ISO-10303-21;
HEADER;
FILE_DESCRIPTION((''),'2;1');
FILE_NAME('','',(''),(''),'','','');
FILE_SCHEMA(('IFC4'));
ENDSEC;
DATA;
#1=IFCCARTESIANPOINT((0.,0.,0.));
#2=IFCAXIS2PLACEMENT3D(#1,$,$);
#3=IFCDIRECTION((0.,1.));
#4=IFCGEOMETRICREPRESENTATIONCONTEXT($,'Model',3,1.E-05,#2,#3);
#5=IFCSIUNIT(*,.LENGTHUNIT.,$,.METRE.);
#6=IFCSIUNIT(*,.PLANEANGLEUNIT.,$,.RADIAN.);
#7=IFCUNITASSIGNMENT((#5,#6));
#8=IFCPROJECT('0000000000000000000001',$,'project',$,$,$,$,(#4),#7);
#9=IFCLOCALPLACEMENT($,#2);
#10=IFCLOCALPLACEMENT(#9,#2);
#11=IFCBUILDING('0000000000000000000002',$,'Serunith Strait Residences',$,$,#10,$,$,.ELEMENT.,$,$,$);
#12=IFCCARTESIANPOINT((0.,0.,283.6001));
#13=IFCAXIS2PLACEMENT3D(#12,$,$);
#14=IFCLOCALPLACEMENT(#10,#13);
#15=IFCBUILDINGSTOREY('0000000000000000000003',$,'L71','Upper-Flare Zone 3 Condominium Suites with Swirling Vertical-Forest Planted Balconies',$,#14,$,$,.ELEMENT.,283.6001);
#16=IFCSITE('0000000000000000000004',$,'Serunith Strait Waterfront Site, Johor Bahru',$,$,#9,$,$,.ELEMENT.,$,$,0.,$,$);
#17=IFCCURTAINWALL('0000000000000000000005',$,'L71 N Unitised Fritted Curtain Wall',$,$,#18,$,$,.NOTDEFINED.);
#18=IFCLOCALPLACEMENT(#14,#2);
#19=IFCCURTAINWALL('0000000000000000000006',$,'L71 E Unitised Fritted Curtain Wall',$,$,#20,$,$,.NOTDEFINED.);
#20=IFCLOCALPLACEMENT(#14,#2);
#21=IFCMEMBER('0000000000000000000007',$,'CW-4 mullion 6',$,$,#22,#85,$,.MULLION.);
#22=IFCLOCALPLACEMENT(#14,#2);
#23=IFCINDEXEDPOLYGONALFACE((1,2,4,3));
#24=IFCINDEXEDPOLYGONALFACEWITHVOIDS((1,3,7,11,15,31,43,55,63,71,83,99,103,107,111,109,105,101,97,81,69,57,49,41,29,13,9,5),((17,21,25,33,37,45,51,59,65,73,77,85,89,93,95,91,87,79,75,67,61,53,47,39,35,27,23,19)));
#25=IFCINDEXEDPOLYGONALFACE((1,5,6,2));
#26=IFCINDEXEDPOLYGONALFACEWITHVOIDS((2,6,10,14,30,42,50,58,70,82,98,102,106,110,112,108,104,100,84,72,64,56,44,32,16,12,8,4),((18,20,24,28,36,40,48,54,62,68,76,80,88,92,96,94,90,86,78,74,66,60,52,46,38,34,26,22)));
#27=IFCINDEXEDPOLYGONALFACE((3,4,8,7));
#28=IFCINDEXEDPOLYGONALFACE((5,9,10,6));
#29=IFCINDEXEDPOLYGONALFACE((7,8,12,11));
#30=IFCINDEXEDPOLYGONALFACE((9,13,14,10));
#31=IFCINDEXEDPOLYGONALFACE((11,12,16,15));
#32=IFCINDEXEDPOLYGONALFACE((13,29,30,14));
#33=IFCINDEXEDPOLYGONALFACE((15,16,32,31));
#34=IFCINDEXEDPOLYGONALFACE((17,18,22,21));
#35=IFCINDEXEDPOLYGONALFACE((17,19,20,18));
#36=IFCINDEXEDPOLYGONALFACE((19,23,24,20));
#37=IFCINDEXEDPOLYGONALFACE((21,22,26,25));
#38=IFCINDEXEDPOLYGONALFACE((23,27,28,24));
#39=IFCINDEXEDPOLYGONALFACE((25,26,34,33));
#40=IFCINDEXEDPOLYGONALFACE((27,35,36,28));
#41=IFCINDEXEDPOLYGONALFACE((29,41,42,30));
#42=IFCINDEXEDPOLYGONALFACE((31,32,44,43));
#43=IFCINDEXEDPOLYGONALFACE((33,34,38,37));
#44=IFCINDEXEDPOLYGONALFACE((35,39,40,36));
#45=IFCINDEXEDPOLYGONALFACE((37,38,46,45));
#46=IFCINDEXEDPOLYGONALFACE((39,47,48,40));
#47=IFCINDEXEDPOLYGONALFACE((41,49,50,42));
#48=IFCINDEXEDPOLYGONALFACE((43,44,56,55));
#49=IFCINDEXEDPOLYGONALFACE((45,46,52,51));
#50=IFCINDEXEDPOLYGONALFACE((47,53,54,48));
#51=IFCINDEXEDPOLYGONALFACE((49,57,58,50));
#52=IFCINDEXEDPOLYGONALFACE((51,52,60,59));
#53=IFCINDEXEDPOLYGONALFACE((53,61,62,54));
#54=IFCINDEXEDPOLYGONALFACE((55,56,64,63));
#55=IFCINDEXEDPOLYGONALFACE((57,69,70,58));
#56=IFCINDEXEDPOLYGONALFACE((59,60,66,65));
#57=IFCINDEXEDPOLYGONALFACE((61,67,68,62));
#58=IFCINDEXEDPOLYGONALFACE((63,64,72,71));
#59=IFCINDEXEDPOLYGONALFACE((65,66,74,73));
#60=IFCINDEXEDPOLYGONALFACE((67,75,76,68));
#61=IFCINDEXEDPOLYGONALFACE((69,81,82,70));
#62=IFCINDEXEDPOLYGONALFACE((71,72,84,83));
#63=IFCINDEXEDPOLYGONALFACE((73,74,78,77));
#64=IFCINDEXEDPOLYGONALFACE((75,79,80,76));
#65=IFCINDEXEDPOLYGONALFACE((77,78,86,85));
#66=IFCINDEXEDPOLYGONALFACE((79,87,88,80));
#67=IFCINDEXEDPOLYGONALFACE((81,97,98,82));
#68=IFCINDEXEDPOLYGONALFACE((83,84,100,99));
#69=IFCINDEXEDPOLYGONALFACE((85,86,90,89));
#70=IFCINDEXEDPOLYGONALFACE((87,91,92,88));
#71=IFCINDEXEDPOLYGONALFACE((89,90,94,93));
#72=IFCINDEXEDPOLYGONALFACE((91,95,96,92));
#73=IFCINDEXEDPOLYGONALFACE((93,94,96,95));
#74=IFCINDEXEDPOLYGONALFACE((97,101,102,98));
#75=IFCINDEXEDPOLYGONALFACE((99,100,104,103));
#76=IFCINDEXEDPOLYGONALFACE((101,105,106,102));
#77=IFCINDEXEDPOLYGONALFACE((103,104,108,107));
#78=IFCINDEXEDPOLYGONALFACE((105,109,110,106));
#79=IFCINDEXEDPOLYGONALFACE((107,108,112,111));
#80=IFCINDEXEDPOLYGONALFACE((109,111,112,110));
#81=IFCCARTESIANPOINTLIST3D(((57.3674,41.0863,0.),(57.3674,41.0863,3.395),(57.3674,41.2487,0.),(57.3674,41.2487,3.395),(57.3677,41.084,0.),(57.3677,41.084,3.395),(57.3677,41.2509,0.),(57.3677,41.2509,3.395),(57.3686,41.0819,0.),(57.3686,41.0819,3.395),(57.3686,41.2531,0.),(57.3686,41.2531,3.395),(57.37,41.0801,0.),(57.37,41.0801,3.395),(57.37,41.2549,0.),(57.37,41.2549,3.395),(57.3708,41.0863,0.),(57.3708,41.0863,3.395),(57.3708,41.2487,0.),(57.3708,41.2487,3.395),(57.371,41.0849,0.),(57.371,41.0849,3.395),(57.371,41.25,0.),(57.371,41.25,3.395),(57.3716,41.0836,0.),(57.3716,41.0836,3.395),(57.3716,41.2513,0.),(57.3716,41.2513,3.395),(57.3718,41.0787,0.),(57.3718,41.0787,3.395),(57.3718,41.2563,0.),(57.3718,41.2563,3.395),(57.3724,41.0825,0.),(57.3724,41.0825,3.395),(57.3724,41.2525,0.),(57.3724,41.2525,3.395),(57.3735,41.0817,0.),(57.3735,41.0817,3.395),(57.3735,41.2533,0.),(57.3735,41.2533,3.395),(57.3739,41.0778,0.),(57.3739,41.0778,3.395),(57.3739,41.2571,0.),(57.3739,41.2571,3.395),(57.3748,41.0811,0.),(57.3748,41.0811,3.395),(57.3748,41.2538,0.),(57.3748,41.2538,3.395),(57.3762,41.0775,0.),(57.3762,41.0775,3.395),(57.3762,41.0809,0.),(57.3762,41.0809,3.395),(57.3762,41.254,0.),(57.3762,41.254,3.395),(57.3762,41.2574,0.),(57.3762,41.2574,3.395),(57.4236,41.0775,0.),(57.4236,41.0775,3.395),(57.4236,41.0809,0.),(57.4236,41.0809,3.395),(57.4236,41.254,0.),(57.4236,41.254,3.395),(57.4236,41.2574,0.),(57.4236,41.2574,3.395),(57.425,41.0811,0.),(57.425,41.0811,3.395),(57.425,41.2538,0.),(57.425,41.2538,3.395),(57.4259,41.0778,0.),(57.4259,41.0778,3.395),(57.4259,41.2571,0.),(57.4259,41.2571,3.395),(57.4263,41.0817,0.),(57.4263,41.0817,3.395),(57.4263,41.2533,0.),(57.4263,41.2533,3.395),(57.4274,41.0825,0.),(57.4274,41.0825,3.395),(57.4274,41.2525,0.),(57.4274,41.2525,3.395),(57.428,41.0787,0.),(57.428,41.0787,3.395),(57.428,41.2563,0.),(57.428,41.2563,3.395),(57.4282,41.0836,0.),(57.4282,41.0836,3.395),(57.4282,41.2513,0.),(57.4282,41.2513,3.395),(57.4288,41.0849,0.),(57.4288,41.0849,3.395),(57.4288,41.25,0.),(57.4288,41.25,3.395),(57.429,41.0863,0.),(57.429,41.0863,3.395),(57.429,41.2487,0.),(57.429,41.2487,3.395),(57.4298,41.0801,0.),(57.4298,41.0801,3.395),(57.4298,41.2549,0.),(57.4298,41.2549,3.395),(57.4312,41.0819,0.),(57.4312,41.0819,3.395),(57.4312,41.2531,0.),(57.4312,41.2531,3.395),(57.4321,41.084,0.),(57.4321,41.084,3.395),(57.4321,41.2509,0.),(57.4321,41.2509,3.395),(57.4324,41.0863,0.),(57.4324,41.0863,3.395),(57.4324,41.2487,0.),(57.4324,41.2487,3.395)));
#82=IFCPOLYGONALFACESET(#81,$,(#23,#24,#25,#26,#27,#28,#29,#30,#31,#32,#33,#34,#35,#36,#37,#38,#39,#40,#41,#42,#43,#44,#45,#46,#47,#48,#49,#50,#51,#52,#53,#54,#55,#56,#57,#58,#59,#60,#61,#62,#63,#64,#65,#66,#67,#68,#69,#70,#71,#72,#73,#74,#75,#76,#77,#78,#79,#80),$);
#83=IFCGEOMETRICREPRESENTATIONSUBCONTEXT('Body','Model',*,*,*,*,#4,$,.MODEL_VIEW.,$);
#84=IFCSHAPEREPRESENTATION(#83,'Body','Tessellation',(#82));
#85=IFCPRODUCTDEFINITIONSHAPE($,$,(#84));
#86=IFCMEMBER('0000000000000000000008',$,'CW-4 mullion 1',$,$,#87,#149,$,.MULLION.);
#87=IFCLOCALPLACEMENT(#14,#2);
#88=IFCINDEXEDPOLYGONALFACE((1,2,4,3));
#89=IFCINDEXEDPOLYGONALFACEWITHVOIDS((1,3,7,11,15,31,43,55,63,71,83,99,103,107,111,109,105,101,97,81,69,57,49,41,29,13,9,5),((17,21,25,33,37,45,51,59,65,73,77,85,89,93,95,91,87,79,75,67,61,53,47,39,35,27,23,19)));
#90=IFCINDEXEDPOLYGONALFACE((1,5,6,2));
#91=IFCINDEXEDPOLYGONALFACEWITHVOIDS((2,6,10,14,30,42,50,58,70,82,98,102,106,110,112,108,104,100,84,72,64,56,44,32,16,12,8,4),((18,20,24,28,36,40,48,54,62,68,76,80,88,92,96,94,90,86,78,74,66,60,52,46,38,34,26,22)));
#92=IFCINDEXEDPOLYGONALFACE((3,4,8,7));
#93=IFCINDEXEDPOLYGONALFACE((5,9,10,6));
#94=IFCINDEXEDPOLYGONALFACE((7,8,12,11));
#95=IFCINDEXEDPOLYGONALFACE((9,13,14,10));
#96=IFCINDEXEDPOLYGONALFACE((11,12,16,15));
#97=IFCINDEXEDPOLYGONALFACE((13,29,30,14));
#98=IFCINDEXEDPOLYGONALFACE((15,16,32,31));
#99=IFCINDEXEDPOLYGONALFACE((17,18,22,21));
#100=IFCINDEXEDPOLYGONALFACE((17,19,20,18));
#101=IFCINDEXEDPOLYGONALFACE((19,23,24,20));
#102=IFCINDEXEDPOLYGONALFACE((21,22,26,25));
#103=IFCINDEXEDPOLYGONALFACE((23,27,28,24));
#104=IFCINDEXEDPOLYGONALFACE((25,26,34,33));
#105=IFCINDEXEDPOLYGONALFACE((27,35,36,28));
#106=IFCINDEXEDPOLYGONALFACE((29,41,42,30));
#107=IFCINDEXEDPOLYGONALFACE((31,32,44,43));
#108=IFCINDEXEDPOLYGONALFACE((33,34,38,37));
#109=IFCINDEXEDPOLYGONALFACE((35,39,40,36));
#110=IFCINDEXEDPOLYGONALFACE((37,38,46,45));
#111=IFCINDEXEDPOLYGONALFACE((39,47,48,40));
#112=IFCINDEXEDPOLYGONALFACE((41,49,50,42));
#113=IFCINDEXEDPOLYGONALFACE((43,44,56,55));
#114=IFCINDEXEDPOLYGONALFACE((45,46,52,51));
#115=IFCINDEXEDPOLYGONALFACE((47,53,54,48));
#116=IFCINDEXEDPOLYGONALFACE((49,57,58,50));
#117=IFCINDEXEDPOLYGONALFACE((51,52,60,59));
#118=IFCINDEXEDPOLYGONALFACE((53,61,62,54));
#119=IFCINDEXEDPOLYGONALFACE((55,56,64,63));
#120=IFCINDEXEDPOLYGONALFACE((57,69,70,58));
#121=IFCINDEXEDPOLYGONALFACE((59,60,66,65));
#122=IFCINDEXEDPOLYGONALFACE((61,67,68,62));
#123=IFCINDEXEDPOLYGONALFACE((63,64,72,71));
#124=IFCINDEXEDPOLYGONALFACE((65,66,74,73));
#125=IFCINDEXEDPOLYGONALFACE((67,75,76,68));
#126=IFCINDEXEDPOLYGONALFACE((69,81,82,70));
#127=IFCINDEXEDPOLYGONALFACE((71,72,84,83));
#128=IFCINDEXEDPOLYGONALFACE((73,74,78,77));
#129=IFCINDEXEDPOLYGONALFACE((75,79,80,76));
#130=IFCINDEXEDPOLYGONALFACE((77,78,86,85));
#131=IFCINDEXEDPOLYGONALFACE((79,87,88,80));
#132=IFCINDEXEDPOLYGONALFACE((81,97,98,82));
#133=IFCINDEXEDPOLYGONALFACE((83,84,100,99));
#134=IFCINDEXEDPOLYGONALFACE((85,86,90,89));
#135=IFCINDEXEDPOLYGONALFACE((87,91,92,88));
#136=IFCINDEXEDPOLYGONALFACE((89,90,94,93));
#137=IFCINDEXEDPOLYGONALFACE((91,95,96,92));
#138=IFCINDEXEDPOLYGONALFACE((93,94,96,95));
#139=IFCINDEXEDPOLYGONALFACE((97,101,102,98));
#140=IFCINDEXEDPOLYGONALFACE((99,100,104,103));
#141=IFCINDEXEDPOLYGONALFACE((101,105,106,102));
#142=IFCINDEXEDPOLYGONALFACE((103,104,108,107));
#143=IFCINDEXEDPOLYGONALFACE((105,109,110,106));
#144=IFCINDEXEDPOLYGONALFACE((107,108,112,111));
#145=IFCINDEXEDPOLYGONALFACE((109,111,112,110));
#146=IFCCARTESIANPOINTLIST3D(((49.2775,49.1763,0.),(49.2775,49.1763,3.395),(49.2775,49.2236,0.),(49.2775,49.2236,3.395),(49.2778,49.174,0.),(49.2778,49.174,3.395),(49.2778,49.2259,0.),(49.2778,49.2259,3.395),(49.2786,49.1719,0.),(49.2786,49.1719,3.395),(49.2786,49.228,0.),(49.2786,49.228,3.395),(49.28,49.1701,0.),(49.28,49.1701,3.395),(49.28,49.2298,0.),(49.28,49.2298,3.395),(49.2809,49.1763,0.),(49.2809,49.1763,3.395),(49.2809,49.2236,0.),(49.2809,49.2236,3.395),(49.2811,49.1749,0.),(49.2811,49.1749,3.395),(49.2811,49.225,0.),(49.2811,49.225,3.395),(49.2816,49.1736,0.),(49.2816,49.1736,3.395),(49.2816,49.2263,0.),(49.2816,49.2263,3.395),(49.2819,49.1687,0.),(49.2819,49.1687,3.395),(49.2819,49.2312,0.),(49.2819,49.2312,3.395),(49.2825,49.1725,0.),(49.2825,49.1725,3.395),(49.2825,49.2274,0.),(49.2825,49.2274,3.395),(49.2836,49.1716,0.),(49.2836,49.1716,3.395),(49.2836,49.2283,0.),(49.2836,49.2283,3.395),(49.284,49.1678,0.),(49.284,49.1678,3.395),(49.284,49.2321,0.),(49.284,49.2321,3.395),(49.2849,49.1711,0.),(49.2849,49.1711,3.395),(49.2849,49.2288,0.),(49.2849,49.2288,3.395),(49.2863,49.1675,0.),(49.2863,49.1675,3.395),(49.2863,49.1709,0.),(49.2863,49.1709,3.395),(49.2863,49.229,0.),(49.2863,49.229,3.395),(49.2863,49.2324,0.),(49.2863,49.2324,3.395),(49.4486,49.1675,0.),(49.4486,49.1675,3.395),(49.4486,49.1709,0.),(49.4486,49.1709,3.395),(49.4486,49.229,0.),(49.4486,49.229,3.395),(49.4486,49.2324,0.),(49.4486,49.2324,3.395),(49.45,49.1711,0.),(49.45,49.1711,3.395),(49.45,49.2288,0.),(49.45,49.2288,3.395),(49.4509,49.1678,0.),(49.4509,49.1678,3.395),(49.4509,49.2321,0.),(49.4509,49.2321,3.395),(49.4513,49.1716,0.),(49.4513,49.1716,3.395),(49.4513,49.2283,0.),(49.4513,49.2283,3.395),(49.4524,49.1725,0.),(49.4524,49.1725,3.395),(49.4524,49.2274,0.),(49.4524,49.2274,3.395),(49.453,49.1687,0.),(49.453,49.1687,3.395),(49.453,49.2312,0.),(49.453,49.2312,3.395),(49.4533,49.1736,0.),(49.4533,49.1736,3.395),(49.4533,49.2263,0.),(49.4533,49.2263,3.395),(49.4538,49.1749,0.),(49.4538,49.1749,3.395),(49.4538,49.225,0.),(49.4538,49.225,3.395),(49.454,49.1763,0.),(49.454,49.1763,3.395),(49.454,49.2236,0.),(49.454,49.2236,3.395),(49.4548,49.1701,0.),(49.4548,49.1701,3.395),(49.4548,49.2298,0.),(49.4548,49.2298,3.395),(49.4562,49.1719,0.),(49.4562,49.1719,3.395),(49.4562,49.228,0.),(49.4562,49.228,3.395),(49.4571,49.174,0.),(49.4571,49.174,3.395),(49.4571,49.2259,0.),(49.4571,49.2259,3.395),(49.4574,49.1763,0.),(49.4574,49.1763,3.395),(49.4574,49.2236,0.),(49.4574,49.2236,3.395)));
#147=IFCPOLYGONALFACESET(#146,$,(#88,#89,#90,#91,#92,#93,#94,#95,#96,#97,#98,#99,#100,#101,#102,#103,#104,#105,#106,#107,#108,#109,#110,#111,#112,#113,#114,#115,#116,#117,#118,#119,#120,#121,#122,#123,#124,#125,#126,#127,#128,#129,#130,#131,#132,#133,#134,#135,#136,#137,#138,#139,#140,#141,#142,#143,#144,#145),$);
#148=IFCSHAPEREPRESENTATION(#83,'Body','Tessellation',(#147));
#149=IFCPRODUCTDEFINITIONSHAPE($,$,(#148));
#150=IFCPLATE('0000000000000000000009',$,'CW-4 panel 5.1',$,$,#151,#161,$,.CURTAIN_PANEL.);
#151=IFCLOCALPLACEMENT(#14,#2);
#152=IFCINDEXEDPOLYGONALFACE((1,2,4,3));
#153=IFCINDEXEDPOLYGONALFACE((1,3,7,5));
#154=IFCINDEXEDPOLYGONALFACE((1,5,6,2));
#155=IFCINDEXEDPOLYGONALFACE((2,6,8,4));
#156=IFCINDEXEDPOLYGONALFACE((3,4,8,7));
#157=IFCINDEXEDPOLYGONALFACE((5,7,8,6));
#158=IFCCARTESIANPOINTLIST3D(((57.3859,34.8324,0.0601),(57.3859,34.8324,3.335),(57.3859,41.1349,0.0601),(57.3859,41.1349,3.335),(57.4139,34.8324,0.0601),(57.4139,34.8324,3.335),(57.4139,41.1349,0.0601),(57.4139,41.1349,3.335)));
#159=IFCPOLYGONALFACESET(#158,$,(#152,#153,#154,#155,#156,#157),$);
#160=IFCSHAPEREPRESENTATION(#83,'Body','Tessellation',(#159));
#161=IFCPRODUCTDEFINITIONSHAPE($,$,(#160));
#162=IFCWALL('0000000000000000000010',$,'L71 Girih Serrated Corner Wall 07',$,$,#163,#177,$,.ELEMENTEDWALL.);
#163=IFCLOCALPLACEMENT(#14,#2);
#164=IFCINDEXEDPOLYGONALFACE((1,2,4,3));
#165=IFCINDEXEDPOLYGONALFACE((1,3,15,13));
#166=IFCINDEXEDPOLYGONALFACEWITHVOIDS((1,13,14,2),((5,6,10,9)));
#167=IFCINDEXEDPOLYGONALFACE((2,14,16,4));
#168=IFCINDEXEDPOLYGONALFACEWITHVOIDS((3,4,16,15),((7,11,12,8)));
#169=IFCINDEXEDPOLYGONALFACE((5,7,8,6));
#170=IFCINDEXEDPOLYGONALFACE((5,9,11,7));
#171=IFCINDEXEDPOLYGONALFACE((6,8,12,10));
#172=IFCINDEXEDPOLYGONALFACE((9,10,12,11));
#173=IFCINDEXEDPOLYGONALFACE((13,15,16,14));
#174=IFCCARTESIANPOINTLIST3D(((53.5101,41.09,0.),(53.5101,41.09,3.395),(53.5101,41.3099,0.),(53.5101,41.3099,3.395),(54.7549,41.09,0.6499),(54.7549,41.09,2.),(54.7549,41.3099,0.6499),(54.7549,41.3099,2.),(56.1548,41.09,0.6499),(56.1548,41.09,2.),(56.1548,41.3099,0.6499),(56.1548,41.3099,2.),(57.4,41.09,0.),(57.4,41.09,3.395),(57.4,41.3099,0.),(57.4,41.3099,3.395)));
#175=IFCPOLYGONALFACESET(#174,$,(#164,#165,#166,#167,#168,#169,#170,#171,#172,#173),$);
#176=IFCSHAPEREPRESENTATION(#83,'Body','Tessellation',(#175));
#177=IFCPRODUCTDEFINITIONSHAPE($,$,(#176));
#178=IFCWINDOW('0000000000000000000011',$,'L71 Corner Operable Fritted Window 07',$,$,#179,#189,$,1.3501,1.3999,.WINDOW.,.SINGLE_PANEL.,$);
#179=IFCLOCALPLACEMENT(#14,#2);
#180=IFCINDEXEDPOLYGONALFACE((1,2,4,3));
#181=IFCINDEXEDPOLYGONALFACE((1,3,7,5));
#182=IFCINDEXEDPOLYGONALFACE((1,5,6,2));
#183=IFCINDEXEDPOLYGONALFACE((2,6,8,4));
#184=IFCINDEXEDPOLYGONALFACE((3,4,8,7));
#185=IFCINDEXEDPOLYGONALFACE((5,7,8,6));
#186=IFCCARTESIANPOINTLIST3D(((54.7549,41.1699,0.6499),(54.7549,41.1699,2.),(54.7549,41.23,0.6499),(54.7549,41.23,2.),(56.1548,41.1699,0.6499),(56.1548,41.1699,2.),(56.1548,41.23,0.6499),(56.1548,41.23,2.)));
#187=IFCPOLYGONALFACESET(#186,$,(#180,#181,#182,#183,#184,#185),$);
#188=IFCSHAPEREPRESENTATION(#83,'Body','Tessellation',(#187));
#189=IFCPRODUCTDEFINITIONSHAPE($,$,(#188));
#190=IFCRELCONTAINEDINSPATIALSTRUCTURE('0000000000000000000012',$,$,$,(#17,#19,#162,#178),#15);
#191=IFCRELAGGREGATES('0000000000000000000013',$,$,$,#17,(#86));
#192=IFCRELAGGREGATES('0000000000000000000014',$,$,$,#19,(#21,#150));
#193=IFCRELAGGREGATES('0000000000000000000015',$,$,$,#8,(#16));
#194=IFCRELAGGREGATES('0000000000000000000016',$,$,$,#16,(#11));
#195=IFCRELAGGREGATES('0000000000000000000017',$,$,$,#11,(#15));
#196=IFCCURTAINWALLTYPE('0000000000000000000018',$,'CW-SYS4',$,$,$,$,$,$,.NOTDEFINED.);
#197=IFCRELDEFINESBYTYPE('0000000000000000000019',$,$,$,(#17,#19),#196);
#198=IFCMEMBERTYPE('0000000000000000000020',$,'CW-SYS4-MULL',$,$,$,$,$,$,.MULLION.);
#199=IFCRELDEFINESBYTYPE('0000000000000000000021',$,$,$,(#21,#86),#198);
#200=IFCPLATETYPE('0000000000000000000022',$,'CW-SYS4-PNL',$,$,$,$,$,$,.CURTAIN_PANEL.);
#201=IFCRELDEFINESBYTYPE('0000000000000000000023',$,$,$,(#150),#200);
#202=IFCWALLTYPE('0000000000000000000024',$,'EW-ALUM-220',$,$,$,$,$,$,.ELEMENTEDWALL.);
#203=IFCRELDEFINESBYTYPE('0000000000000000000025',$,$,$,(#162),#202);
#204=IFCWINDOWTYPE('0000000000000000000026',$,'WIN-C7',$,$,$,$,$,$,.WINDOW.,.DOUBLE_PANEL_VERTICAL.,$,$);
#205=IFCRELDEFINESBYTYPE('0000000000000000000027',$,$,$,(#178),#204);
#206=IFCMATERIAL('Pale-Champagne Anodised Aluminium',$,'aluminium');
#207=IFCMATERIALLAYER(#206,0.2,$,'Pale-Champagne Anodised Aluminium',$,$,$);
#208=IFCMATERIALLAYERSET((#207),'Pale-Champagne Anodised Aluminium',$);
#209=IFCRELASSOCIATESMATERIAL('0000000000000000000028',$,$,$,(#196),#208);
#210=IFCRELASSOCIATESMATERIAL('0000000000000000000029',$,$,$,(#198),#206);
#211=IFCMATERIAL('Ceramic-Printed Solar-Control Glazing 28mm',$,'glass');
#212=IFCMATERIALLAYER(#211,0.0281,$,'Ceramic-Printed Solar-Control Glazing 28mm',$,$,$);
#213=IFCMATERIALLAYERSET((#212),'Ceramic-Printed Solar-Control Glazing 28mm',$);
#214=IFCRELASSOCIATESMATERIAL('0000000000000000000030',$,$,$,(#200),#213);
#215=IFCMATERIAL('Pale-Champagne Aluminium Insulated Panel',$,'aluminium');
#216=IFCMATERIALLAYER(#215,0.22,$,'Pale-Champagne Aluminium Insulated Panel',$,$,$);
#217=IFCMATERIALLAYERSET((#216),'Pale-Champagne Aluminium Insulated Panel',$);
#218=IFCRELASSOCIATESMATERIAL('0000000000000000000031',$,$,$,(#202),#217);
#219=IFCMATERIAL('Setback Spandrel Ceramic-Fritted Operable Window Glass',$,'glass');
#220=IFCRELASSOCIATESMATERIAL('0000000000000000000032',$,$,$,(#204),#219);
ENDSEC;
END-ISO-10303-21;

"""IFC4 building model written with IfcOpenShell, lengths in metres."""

from ifc_helpers import new_model, si_unit, direction, frame, frame_2d, origin, origin_2d, place, context, subcontext, project, spatial, rectangle, hollow_rectangle, extrude, source, transform, mapped, material, layer, layer_set, material_profile, profile_set, type_object, element, fill, aggregate, save


model = new_model("IFC4")

# Units and contexts
model_context = context("Model", 3, precision=1e-05, world=origin(), true_north=direction((0.0, 1.0)))
body_context = subcontext(model_context, "Body", "Model", "MODEL_VIEW")
ifc_project = project(units=[si_unit("LENGTHUNIT", "METRE"), si_unit("PLANEANGLEUNIT", "RADIAN")], contexts=[model_context])

# Site, building, storey
site_placement = place(None, origin())
site = spatial("IfcSite", under=ifc_project, at=site_placement, Name="Serunith Strait Waterfront Site, Johor Bahru", CompositionType="ELEMENT", RefElevation=0.0)
building_placement = place(site_placement, origin())
building = spatial("IfcBuilding", under=site, at=building_placement, Name="Serunith Strait Residences", CompositionType="ELEMENT")
storey_placement = place(building_placement, frame((0.0, 0.0, 283.6001)))
storey = spatial("IfcBuildingStorey", under=building, at=storey_placement, Name="L71", Description="Upper-Flare Zone 3 Condominium Suites with Swirling Vertical-Forest Planted Balconies", CompositionType="ELEMENT", Elevation=283.6001)

# Curtain wall
ifc_material_1 = material(Name="Pale-Champagne Anodised Aluminium", Category="aluminium")
ifc_layer_1 = layer(ifc_material_1, 0.2, Name="Pale-Champagne Anodised Aluminium")
ifc_layer_set_1 = layer_set([ifc_layer_1], Name="Pale-Champagne Anodised Aluminium")
curtain_wall_type = type_object("IfcCurtainWallType", Name="CW-SYS4", PredefinedType="NOTDEFINED", material=ifc_layer_set_1)
curtain_wall_1_placement = place(storey_placement, origin())
curtain_wall_1 = element("IfcCurtainWall", 1, at=curtain_wall_1_placement, inside=storey, type_object=curtain_wall_type, Name="L71 N Unitised Fritted Curtain Wall", PredefinedType="NOTDEFINED")

# Curtain wall, member
curtain_wall_2_placement = place(storey_placement, origin())
curtain_wall_2 = element("IfcCurtainWall", 2, at=curtain_wall_2_placement, inside=storey, type_object=curtain_wall_type, Name="L71 E Unitised Fritted Curtain Wall", PredefinedType="NOTDEFINED")
ifc_material_profile_1 = material_profile(ifc_material_1, hollow_rectangle(XDim=0.0649, YDim=0.1799, WallThickness=0.0034, InnerFilletRadius=0.0054, OuterFilletRadius=0.0088, at=origin_2d()), Name="ALU 180x65x3.5")
ifc_profile_set_1 = profile_set([ifc_material_profile_1], Name="Pale-Champagne Anodised Aluminium")
member_type_1 = type_object("IfcMemberType", Name="CW-SYS4-MULL", PredefinedType="MULLION", material=ifc_profile_set_1)
shared_shape_1 = source(origin(), body_context, "Body", "SweptSolid", [
    extrude(hollow_rectangle(XDim=0.0649, YDim=0.1799, WallThickness=0.0034, InnerFilletRadius=0.0054, OuterFilletRadius=0.0088, at=origin_2d()), origin(), (0.0, 0.0, 1.0), 3.395),
])
member_1_placement = place(storey_placement, frame((57.3999, 41.1675, 0.0), z_axis=(0.0, 0.0, 1.0), x_axis=(-1.0, 0.0, 0.0)))
member_1 = element("IfcMember", 3, at=member_1_placement, type_object=member_type_1, Name="CW-4 mullion 6", PredefinedType="MULLION", context=body_context, shape_type="MappedRepresentation", body=[
    mapped(shared_shape_1, transform((0.0, 0.0, 0.0), scale=1.0)),
])

# Member
member_2_placement = place(storey_placement, frame((49.3674, 49.2, 0.0), z_axis=(0.0, 0.0, 1.0), x_axis=(0.0, -1.0, 0.0)))
member_2 = element("IfcMember", 4, at=member_2_placement, type_object=member_type_1, Name="CW-4 mullion 1", PredefinedType="MULLION", context=body_context, shape_type="MappedRepresentation", body=[
    mapped(shared_shape_1, transform((0.0, 0.0, 0.0), scale=1.0)),
])
aggregate(curtain_wall_1, [member_2])

# Plate
ifc_material_2 = material(Name="Ceramic-Printed Solar-Control Glazing 28mm", Category="glass")
ifc_layer_2 = layer(ifc_material_2, 0.0281, Name="Ceramic-Printed Solar-Control Glazing 28mm")
ifc_layer_set_2 = layer_set([ifc_layer_2], Name="Ceramic-Printed Solar-Control Glazing 28mm")
plate_type = type_object("IfcPlateType", Name="CW-SYS4-PNL", PredefinedType="CURTAIN_PANEL", material=ifc_layer_set_2)
shared_shape_2 = source(origin(), body_context, "Body", "SweptSolid", [
    extrude(rectangle(XDim=6.3025, YDim=0.0281, at=origin_2d()), origin(), (0.0, 0.0, 1.0), 3.2749),
])
plate_placement = place(storey_placement, frame((57.3999, 37.9836, 0.0601), z_axis=(0.0, 0.0, 1.0), x_axis=(0.0, 1.0, 0.0)))
plate = element("IfcPlate", 5, at=plate_placement, type_object=plate_type, Name="CW-4 panel 5.1", PredefinedType="CURTAIN_PANEL", context=body_context, shape_type="MappedRepresentation", body=[
    mapped(shared_shape_2, transform((0.0, 0.0, 0.0), scale=1.0)),
])
aggregate(curtain_wall_2, [member_1, plate])

# Wall, opening, window
ifc_material_3 = material(Name="Pale-Champagne Aluminium Insulated Panel", Category="aluminium")
ifc_layer_3 = layer(ifc_material_3, 0.22, Name="Pale-Champagne Aluminium Insulated Panel")
ifc_layer_set_3 = layer_set([ifc_layer_3], Name="Pale-Champagne Aluminium Insulated Panel")
wall_type_1 = type_object("IfcWallType", Name="EW-ALUM-220", PredefinedType="ELEMENTEDWALL", material=ifc_layer_set_3)
wall_1_placement = place(storey_placement, frame((57.3999, 41.2, 0.0), z_axis=(0.0, 0.0, 1.0), x_axis=(-1.0, 0.0, 0.0)))
wall_1 = element("IfcWall", 6, at=wall_1_placement, inside=storey, type_object=wall_type_1, Name="L71 Girih Serrated Corner Wall 07", PredefinedType="ELEMENTEDWALL", context=body_context, shape_type="SweptSolid", body=[
    extrude(rectangle(XDim=3.8899, YDim=0.22, at=frame_2d((1.9448, 0.0))), origin(), (0.0, 0.0, 1.0), 3.395),
])
opening_1_placement = place(wall_1_placement, frame((1.2451, 0.0, 0.6499)))
opening_1 = element("IfcOpeningElement", 7, at=opening_1_placement, cuts=wall_1, PredefinedType="OPENING", context=body_context, shape_type="SweptSolid", body=[
    extrude(rectangle(XDim=1.3999, YDim=1.3501, at=frame_2d((0.7, 0.675))), frame((0.0, 0.1201, 0.0), z_axis=(0.0, -1.0, 0.0), x_axis=(1.0, 0.0, 0.0)), (0.0, 0.0, 1.0), 0.24),
])
ifc_material_4 = material(Name="Setback Spandrel Ceramic-Fritted Operable Window Glass", Category="glass")
window_type = type_object("IfcWindowType", Name="WIN-C7", PartitioningType="DOUBLE_PANEL_VERTICAL", PredefinedType="WINDOW", material=ifc_material_4)
shared_shape_3 = source(origin(), body_context, "Body", "SweptSolid", [
    extrude(rectangle(XDim=1.3999, YDim=1.3501, at=frame_2d((0.7, 0.675))), frame((0.0, 0.03, 0.0), z_axis=(0.0, -1.0, 0.0), x_axis=(1.0, 0.0, 0.0)), (0.0, 0.0, 1.0), 0.0601),
])
window_1_placement = place(opening_1_placement, origin())
window_1 = element("IfcWindow", 8, at=window_1_placement, inside=storey, type_object=window_type, Name="L71 Corner Operable Fritted Window 07", OverallHeight=1.3501, OverallWidth=1.3999, PartitioningType="SINGLE_PANEL", PredefinedType="WINDOW", context=body_context, shape_type="MappedRepresentation", body=[
    mapped(shared_shape_3, transform((0.0, 0.0, 0.0), scale=1.0)),
])
fill(opening_1, window_1)

save(model, "model.ifc")
